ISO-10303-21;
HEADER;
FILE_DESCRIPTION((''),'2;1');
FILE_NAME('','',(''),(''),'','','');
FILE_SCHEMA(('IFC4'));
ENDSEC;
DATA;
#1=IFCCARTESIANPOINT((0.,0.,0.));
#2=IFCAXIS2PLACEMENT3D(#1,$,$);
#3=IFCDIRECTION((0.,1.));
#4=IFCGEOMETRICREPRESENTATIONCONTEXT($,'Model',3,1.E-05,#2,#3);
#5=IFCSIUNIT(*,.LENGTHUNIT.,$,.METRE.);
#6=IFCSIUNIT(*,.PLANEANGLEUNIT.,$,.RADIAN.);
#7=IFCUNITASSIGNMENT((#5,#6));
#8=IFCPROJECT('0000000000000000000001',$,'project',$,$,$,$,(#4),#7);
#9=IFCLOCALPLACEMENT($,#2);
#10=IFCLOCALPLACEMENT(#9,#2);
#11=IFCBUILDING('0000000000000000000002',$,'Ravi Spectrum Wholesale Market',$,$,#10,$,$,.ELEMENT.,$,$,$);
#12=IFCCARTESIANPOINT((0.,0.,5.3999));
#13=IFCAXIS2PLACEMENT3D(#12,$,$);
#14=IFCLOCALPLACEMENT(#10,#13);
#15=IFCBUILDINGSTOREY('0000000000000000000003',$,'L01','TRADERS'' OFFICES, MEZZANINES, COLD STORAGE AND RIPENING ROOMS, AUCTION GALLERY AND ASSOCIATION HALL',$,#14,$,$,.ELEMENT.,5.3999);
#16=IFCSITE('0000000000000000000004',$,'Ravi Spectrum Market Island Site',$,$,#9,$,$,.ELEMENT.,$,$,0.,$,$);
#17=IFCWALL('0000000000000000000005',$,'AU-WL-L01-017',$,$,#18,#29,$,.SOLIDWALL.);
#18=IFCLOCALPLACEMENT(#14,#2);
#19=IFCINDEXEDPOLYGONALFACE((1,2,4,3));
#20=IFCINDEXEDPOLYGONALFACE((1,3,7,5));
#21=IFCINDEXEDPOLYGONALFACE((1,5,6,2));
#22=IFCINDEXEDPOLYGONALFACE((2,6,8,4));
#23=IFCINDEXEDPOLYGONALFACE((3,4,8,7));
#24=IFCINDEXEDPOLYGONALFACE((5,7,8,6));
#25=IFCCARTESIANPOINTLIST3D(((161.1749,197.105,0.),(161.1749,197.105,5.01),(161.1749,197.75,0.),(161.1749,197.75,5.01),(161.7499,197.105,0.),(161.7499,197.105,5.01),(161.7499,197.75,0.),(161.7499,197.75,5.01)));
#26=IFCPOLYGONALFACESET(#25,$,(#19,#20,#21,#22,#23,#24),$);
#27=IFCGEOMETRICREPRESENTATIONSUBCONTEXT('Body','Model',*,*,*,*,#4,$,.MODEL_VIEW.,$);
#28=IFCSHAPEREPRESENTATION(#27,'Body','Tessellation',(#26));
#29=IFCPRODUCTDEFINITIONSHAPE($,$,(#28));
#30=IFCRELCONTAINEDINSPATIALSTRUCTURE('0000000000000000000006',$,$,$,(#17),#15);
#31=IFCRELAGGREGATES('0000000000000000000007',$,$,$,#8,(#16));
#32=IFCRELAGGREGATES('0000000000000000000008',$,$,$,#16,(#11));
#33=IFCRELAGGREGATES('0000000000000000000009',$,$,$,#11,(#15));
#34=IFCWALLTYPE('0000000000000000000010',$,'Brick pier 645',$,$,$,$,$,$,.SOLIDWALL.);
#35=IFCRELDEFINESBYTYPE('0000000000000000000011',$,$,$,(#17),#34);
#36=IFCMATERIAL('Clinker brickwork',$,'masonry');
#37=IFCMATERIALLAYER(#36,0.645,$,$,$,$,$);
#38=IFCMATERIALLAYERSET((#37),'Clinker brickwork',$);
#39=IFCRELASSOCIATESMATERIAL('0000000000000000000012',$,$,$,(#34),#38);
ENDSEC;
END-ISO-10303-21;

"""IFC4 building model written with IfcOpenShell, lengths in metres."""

from ifc_helpers import new_model, si_unit, direction, frame, frame_2d, origin, place, context, subcontext, project, spatial, rectangle, extrude, material, layer, layer_set, type_object, element, save


model = new_model("IFC4")

# Units and contexts
model_context = context("Model", 3, precision=1e-05, world=origin(), true_north=direction((0.0, 1.0)))
body_context = subcontext(model_context, "Body", "Model", "MODEL_VIEW")
ifc_project = project(units=[si_unit("LENGTHUNIT", "METRE"), si_unit("PLANEANGLEUNIT", "RADIAN")], contexts=[model_context])

# Site, building, storey
site_placement = place(None, origin())
site = spatial("IfcSite", under=ifc_project, at=site_placement, Name="Ravi Spectrum Market Island Site", CompositionType="ELEMENT", RefElevation=0.0)
building_placement = place(site_placement, origin())
building = spatial("IfcBuilding", under=site, at=building_placement, Name="Ravi Spectrum Wholesale Market", CompositionType="ELEMENT")
storey_placement = place(building_placement, frame((0.0, 0.0, 5.3999)))
storey = spatial("IfcBuildingStorey", under=building, at=storey_placement, Name="L01", Description="TRADERS' OFFICES, MEZZANINES, COLD STORAGE AND RIPENING ROOMS, AUCTION GALLERY AND ASSOCIATION HALL", CompositionType="ELEMENT", Elevation=5.3999)

# Wall
ifc_material_1 = material(Name="Clinker brickwork", Category="masonry")
ifc_layer_1 = layer(ifc_material_1, 0.645)
ifc_layer_set_1 = layer_set([ifc_layer_1], Name="Clinker brickwork")
wall_type_1 = type_object("IfcWallType", Name="Brick pier 645", PredefinedType="SOLIDWALL", material=ifc_layer_set_1)
wall_1_placement = place(storey_placement, frame((161.75, 197.4275, 0.0), z_axis=(0.0, 0.0, 1.0), x_axis=(-1.0, 0.0, 0.0)))
element("IfcWall", 1, at=wall_1_placement, inside=storey, type_object=wall_type_1, Name="AU-WL-L01-017", PredefinedType="SOLIDWALL", context=body_context, shape_type="SweptSolid", body=[
    extrude(rectangle(XDim=0.575, YDim=0.645, at=frame_2d((0.2876, 0.0))), origin(), (0.0, 0.0, 1.0), 5.01),
])

save(model, "model.ifc")
